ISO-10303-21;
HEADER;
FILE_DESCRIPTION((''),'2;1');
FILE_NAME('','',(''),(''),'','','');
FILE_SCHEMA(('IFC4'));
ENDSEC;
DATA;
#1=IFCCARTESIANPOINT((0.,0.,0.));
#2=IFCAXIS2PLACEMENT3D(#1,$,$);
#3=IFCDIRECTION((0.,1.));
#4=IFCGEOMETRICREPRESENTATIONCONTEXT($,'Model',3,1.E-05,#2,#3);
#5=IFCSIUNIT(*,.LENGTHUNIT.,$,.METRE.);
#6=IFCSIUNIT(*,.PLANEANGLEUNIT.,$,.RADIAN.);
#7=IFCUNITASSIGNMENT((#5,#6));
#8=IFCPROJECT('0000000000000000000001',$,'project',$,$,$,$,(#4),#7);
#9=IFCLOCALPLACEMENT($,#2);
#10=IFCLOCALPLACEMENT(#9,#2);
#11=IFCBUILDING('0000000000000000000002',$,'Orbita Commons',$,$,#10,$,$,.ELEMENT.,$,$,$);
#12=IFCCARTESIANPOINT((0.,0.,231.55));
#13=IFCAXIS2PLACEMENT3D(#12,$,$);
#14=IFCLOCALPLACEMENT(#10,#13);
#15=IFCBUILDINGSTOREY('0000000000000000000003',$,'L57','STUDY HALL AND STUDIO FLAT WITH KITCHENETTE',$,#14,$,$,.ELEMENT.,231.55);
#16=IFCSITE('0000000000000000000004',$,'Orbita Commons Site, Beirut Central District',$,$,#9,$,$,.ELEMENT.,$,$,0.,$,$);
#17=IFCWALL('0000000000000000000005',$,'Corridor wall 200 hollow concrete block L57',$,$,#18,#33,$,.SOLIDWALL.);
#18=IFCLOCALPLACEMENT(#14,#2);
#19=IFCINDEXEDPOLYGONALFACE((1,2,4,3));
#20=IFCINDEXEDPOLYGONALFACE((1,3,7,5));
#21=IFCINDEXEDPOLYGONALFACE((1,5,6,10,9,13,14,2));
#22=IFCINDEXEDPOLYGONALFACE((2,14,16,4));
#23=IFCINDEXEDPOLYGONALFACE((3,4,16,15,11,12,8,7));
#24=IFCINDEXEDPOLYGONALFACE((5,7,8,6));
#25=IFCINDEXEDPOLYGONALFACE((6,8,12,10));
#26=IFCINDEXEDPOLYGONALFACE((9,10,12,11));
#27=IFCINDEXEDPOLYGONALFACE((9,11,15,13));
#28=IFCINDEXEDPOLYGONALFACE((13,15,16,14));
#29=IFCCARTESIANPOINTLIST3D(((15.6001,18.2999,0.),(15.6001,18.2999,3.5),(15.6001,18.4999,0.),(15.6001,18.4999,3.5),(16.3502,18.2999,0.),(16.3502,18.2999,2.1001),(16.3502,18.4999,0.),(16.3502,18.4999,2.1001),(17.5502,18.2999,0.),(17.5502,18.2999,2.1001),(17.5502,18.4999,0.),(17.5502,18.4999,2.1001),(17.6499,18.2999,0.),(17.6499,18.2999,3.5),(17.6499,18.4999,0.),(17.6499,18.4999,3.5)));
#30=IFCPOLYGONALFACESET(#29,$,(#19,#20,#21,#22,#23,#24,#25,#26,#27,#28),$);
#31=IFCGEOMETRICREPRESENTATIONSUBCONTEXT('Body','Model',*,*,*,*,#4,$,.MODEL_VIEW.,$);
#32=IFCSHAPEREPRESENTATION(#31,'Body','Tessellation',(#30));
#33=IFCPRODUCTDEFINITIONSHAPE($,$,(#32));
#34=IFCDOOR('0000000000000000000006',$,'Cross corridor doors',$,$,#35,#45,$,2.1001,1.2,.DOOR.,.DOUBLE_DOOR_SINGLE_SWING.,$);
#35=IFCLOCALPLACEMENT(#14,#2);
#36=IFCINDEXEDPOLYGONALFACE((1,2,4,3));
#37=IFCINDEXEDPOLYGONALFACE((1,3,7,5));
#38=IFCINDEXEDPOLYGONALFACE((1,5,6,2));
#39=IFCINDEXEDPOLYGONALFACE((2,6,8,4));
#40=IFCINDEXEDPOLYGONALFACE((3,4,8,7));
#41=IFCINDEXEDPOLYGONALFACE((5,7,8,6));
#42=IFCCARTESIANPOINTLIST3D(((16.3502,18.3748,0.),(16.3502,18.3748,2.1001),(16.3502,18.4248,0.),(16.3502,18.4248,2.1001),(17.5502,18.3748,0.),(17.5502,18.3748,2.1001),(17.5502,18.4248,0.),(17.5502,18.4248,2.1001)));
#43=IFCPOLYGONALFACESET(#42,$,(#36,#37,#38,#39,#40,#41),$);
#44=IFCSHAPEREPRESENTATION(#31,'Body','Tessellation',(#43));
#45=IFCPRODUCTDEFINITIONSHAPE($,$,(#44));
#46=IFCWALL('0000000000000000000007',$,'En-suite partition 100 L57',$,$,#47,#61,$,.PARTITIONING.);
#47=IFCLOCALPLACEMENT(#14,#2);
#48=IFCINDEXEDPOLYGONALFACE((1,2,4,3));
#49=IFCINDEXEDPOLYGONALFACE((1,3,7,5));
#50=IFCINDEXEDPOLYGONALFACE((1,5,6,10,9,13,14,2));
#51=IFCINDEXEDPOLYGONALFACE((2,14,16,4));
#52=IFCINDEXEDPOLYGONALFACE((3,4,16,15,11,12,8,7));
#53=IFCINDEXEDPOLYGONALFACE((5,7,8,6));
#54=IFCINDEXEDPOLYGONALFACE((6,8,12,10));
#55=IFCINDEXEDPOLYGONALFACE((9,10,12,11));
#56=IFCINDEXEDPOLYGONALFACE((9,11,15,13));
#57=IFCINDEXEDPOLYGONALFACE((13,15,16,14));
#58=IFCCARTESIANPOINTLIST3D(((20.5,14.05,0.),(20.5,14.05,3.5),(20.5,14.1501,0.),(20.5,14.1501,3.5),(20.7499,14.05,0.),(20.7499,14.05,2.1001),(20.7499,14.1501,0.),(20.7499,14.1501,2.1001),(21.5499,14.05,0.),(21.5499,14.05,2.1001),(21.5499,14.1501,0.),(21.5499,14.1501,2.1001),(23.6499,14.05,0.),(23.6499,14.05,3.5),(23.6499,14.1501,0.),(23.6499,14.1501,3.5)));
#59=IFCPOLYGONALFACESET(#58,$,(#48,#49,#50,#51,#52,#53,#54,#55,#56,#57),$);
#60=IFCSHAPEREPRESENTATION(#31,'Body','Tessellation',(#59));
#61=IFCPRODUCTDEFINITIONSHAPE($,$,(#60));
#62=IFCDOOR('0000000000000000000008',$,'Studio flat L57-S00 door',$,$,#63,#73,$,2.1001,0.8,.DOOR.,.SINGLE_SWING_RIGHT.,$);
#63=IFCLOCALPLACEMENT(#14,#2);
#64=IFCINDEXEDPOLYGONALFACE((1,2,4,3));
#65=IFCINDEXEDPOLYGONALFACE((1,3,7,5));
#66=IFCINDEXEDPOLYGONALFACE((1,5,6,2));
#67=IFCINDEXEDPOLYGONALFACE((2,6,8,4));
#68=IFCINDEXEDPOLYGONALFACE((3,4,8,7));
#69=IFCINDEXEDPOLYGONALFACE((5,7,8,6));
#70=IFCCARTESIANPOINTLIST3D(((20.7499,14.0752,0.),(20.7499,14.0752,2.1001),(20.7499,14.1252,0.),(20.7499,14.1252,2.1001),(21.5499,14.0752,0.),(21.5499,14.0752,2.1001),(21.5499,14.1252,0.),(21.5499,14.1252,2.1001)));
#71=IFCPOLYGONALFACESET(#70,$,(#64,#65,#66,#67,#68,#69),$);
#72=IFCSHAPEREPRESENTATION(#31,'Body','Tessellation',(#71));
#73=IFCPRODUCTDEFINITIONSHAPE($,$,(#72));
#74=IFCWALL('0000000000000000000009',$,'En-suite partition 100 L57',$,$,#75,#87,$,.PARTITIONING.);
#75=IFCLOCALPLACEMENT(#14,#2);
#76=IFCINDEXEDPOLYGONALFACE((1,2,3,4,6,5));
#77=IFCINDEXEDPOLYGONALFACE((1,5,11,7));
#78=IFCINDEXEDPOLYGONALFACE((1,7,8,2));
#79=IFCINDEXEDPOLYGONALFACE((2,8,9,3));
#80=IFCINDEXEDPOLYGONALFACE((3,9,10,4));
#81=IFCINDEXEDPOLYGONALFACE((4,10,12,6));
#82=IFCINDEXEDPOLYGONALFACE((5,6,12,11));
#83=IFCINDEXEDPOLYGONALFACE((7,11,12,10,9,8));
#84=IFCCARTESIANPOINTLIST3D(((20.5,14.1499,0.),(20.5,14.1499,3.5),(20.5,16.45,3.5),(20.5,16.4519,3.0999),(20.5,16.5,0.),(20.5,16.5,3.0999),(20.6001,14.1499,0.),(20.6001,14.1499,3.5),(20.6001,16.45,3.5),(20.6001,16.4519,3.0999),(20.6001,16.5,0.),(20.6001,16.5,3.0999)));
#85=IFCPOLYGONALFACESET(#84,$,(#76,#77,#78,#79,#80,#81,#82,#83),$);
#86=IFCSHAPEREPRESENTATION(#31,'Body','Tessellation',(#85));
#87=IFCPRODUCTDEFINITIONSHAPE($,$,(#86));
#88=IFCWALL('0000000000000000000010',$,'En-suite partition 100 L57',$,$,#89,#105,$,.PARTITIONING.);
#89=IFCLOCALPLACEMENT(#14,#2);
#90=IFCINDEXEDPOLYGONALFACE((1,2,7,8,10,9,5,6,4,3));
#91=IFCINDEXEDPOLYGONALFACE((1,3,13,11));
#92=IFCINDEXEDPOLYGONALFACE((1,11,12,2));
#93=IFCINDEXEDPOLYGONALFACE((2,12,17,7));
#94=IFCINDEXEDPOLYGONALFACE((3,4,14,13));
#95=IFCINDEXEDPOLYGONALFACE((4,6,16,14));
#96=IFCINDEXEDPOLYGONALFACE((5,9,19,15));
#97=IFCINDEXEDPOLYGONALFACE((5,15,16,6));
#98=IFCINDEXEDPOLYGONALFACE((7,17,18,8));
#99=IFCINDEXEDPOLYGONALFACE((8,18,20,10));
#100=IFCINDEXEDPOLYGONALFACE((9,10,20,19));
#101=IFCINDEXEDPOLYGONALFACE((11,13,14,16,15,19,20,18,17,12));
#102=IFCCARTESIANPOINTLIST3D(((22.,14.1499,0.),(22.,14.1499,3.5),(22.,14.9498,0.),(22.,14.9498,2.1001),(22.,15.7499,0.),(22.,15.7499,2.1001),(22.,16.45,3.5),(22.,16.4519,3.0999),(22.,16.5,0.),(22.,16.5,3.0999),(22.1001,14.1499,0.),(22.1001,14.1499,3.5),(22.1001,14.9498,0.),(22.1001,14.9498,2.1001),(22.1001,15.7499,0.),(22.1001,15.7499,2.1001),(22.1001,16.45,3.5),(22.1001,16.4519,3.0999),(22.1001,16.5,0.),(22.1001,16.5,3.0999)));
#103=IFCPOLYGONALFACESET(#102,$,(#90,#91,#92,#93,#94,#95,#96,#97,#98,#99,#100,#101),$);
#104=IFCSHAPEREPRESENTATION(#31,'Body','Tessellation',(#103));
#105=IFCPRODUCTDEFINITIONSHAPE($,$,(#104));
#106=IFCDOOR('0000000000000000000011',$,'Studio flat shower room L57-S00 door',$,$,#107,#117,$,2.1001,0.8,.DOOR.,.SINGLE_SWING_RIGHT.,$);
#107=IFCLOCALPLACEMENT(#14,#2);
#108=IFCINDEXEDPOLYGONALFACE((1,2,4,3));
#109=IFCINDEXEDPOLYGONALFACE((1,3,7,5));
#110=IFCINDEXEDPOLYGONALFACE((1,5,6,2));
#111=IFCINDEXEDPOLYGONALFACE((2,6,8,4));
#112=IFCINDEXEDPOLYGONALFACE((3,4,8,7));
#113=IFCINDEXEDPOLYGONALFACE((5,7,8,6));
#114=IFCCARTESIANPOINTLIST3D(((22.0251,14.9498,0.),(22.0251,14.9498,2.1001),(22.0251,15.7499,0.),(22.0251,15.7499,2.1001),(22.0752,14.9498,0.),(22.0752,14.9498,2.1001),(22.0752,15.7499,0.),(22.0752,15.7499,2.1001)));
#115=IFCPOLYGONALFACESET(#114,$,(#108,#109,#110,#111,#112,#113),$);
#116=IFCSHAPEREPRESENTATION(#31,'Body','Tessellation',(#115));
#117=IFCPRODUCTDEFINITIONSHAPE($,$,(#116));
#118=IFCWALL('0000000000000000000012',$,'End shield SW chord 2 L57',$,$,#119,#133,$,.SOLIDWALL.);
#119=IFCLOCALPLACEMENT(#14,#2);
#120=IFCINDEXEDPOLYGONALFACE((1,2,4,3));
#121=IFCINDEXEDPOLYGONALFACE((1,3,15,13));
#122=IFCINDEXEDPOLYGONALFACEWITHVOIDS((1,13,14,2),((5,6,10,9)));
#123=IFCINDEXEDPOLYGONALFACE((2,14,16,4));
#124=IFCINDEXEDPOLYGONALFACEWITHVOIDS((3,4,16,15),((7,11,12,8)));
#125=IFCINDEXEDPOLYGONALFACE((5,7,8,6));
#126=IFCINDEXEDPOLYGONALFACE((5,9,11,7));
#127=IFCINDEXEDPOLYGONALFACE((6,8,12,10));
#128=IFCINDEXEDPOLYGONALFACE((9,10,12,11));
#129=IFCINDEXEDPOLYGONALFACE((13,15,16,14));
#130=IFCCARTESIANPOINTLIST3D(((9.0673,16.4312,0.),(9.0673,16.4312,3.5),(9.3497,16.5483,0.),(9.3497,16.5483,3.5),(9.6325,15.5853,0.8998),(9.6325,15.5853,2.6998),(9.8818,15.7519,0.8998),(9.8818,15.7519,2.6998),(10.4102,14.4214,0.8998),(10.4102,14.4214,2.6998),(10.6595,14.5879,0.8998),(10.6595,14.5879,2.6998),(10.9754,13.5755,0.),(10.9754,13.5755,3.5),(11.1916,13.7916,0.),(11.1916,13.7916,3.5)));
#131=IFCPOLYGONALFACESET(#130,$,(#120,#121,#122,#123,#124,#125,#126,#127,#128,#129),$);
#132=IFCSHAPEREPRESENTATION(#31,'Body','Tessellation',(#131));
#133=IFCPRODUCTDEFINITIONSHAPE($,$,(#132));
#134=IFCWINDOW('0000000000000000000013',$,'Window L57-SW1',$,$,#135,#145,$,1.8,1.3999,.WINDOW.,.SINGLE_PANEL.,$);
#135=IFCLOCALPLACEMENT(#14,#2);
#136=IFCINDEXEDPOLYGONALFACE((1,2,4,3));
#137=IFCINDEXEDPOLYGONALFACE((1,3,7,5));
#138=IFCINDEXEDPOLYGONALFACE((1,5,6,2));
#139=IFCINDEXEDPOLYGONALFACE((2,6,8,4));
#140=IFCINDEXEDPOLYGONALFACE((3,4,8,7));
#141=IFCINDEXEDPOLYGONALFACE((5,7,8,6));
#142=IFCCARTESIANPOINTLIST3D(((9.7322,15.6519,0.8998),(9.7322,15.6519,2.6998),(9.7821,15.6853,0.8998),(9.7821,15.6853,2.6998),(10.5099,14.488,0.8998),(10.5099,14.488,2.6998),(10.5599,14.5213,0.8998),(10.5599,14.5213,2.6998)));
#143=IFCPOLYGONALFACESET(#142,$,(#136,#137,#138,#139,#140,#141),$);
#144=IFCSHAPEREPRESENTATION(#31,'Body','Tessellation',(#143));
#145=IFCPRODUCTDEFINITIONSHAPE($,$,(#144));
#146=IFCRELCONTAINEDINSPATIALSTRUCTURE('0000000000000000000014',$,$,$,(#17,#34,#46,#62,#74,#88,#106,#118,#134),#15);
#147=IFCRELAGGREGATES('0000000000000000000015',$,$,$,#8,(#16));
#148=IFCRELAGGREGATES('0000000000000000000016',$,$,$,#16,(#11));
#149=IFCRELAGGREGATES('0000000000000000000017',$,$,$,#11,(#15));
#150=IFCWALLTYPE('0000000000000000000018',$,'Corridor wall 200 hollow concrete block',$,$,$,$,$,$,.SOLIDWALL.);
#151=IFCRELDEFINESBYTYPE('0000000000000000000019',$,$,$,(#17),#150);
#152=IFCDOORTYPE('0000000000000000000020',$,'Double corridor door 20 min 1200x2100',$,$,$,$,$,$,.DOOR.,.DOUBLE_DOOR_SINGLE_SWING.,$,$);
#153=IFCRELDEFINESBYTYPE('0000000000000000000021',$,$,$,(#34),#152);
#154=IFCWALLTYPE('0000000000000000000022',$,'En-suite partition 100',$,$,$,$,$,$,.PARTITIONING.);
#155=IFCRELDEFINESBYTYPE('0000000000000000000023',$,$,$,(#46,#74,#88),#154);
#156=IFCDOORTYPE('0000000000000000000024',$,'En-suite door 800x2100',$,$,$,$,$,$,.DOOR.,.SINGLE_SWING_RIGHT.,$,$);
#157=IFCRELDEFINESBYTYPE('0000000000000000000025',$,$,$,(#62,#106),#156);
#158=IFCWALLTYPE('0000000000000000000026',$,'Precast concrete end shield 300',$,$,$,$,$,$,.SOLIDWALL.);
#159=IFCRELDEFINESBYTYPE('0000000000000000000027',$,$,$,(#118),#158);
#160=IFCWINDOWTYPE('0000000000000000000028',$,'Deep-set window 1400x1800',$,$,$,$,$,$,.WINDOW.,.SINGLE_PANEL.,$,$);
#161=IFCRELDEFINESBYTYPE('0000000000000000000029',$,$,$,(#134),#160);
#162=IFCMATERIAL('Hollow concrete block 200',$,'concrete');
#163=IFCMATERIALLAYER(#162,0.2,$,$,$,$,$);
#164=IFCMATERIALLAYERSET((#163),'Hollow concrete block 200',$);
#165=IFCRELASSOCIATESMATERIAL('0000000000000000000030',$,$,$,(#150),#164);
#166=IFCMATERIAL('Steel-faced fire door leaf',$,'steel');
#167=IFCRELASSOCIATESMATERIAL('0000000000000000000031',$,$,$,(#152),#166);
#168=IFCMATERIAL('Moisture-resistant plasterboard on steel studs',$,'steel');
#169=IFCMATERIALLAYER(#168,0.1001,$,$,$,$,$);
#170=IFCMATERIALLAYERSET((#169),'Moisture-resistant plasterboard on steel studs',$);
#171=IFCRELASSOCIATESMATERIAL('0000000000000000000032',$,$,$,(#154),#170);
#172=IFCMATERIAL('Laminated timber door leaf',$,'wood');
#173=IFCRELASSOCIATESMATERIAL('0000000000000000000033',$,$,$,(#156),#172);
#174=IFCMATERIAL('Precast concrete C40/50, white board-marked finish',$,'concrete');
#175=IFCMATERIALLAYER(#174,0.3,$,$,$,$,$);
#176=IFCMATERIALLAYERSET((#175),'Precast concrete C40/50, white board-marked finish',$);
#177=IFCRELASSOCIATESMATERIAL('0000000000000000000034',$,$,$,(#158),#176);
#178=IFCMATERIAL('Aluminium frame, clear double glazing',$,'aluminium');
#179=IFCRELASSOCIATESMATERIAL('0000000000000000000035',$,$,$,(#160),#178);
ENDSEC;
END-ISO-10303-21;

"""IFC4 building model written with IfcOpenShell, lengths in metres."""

from ifc_helpers import new_model, si_unit, direction, frame, frame_2d, origin, place, context, subcontext, project, spatial, polyline, rectangle, outline, extrude, material, layer, layer_set, type_object, element, fill, save


model = new_model("IFC4")

# Units and contexts
model_context = context("Model", 3, precision=1e-05, world=origin(), true_north=direction((0.0, 1.0)))
body_context = subcontext(model_context, "Body", "Model", "MODEL_VIEW")
ifc_project = project(units=[si_unit("LENGTHUNIT", "METRE"), si_unit("PLANEANGLEUNIT", "RADIAN")], contexts=[model_context])

# Site, building, storey
site_placement = place(None, origin())
site = spatial("IfcSite", under=ifc_project, at=site_placement, Name="Orbita Commons Site, Beirut Central District", CompositionType="ELEMENT", RefElevation=0.0)
building_placement = place(site_placement, origin())
building = spatial("IfcBuilding", under=site, at=building_placement, Name="Orbita Commons", CompositionType="ELEMENT")
storey_placement = place(building_placement, frame((0.0, 0.0, 231.55)))
storey = spatial("IfcBuildingStorey", under=building, at=storey_placement, Name="L57", Description="STUDY HALL AND STUDIO FLAT WITH KITCHENETTE", CompositionType="ELEMENT", Elevation=231.55)

# Walls, openings, doors
ifc_material_1 = material(Name="Hollow concrete block 200", Category="concrete")
ifc_layer_1 = layer(ifc_material_1, 0.2)
ifc_layer_set_1 = layer_set([ifc_layer_1], Name="Hollow concrete block 200")
wall_type_1 = type_object("IfcWallType", Name="Corridor wall 200 hollow concrete block", PredefinedType="SOLIDWALL", material=ifc_layer_set_1)
wall_1_placement = place(storey_placement, frame((15.6001, 18.3999, 0.0), z_axis=(0.0, 0.0, 1.0), x_axis=(1.0, 0.0, 0.0)))
wall_1 = element("IfcWall", 1, at=wall_1_placement, inside=storey, type_object=wall_type_1, Name="Corridor wall 200 hollow concrete block L57", PredefinedType="SOLIDWALL", context=body_context, shape_type="SweptSolid", body=[
    extrude(rectangle(XDim=2.0498, YDim=0.2, at=frame_2d((1.0249, 0.0))), origin(), (0.0, 0.0, 1.0), 3.5),
])
opening_1_placement = place(wall_1_placement, frame((0.75, 0.0, 0.0)))
opening_1 = element("IfcOpeningElement", 2, at=opening_1_placement, cuts=wall_1, PredefinedType="OPENING", context=body_context, shape_type="SweptSolid", body=[
    extrude(rectangle(XDim=1.2, YDim=2.1001, at=frame_2d((0.6001, 1.05))), frame((0.0, 0.1099, 0.0), z_axis=(0.0, -1.0, 0.0), x_axis=(1.0, 0.0, 0.0)), (0.0, 0.0, 1.0), 0.22),
])
ifc_material_2 = material(Name="Steel-faced fire door leaf", Category="steel")
door_type_1 = type_object("IfcDoorType", Name="Double corridor door 20 min 1200x2100", OperationType="DOUBLE_DOOR_SINGLE_SWING", PredefinedType="DOOR", material=ifc_material_2)
door_1_placement = place(opening_1_placement, origin())
door_1 = element("IfcDoor", 3, at=door_1_placement, inside=storey, type_object=door_type_1, Name="Cross corridor doors", OperationType="DOUBLE_DOOR_SINGLE_SWING", OverallHeight=2.1001, OverallWidth=1.2, PredefinedType="DOOR", context=body_context, shape_type="SweptSolid", body=[
    extrude(rectangle(XDim=1.2, YDim=2.1001, at=frame_2d((0.6001, 1.05))), frame((0.0, 0.0249, 0.0), z_axis=(0.0, -1.0, 0.0), x_axis=(1.0, 0.0, 0.0)), (0.0, 0.0, 1.0), 0.05),
])
fill(opening_1, door_1)
ifc_material_3 = material(Name="Moisture-resistant plasterboard on steel studs", Category="steel")
ifc_layer_2 = layer(ifc_material_3, 0.1001)
ifc_layer_set_2 = layer_set([ifc_layer_2], Name="Moisture-resistant plasterboard on steel studs")
wall_type_2 = type_object("IfcWallType", Name="En-suite partition 100", PredefinedType="PARTITIONING", material=ifc_layer_set_2)
wall_2_placement = place(storey_placement, frame((23.6499, 14.1001, 0.0), z_axis=(0.0, 0.0, 1.0), x_axis=(-1.0, 0.0, 0.0)))
wall_2 = element("IfcWall", 4, at=wall_2_placement, inside=storey, type_object=wall_type_2, Name="En-suite partition 100 L57", PredefinedType="PARTITIONING", context=body_context, shape_type="SweptSolid", body=[
    extrude(rectangle(XDim=3.1499, YDim=0.1001, at=frame_2d((1.575, 0.0))), origin(), (0.0, 0.0, 1.0), 3.5),
])
opening_2_placement = place(wall_2_placement, frame((2.1001, 0.0, 0.0)))
opening_2 = element("IfcOpeningElement", 5, at=opening_2_placement, cuts=wall_2, PredefinedType="OPENING", context=body_context, shape_type="SweptSolid", body=[
    extrude(rectangle(XDim=0.8, YDim=2.1001, at=frame_2d((0.3999, 1.05))), frame((0.0, 0.0601, 0.0), z_axis=(0.0, -1.0, 0.0), x_axis=(1.0, 0.0, 0.0)), (0.0, 0.0, 1.0), 0.1201),
])
ifc_material_4 = material(Name="Laminated timber door leaf", Category="wood")
door_type_2 = type_object("IfcDoorType", Name="En-suite door 800x2100", OperationType="SINGLE_SWING_RIGHT", PredefinedType="DOOR", material=ifc_material_4)
door_2_placement = place(opening_2_placement, origin())
door_2 = element("IfcDoor", 6, at=door_2_placement, inside=storey, type_object=door_type_2, Name="Studio flat L57-S00 door", OperationType="SINGLE_SWING_RIGHT", OverallHeight=2.1001, OverallWidth=0.8, PredefinedType="DOOR", context=body_context, shape_type="SweptSolid", body=[
    extrude(rectangle(XDim=0.8, YDim=2.1001, at=frame_2d((0.3999, 1.05))), frame((0.0, 0.0249, 0.0), z_axis=(0.0, -1.0, 0.0), x_axis=(1.0, 0.0, 0.0)), (0.0, 0.0, 1.0), 0.05),
])
fill(opening_2, door_2)

# Wall
wall_3_placement = place(storey_placement, frame((20.55, 14.1499, 0.0), z_axis=(0.0, 0.0, 1.0), x_axis=(0.0, 1.0, 0.0)))
element("IfcWall", 7, at=wall_3_placement, inside=storey, type_object=wall_type_2, Name="En-suite partition 100 L57", PredefinedType="PARTITIONING", context=body_context, shape_type="SweptSolid", body=[
    extrude(outline(polyline([(0.0, 0.0), (2.3501, 0.0), (2.3501, 3.0999), (2.302, 3.0999), (2.3, 3.5), (0.0, 3.5), (0.0, 0.0)])), frame((0.0, 0.05, 0.0), z_axis=(0.0, -1.0, 0.0), x_axis=(1.0, 0.0, 0.0)), (0.0, 0.0, 1.0), 0.1001),
])

# Wall, opening, door
wall_4_placement = place(storey_placement, frame((22.05, 14.1499, 0.0), z_axis=(0.0, 0.0, 1.0), x_axis=(0.0, 1.0, 0.0)))
wall_4 = element("IfcWall", 8, at=wall_4_placement, inside=storey, type_object=wall_type_2, Name="En-suite partition 100 L57", PredefinedType="PARTITIONING", context=body_context, shape_type="SweptSolid", body=[
    extrude(outline(polyline([(0.0, 0.0), (2.3501, 0.0), (2.3501, 3.0999), (2.302, 3.0999), (2.3, 3.5), (0.0, 3.5), (0.0, 0.0)])), frame((0.0, 0.05, 0.0), z_axis=(0.0, -1.0, 0.0), x_axis=(1.0, 0.0, 0.0)), (0.0, 0.0, 1.0), 0.1001),
])
opening_3_placement = place(wall_4_placement, frame((0.8, 0.0, 0.0)))
opening_3 = element("IfcOpeningElement", 9, at=opening_3_placement, cuts=wall_4, PredefinedType="OPENING", context=body_context, shape_type="SweptSolid", body=[
    extrude(rectangle(XDim=0.8, YDim=2.1001, at=frame_2d((0.3999, 1.05))), frame((0.0, 0.0601, 0.0), z_axis=(0.0, -1.0, 0.0), x_axis=(1.0, 0.0, 0.0)), (0.0, 0.0, 1.0), 0.1201),
])
door_3_placement = place(opening_3_placement, origin())
door_3 = element("IfcDoor", 10, at=door_3_placement, inside=storey, type_object=door_type_2, Name="Studio flat shower room L57-S00 door", OperationType="SINGLE_SWING_RIGHT", OverallHeight=2.1001, OverallWidth=0.8, PredefinedType="DOOR", context=body_context, shape_type="SweptSolid", body=[
    extrude(rectangle(XDim=0.8, YDim=2.1001, at=frame_2d((0.3999, 1.05))), frame((0.0, 0.0249, 0.0), z_axis=(0.0, -1.0, 0.0), x_axis=(1.0, 0.0, 0.0)), (0.0, 0.0, 1.0), 0.05),
])
fill(opening_3, door_3)

# Wall, opening, window
ifc_material_5 = material(Name="Precast concrete C40/50, white board-marked finish", Category="concrete")
ifc_layer_3 = layer(ifc_material_5, 0.3)
ifc_layer_set_3 = layer_set([ifc_layer_3], Name="Precast concrete C40/50, white board-marked finish")
wall_type_3 = type_object("IfcWallType", Name="Precast concrete end shield 300", PredefinedType="SOLIDWALL", material=ifc_layer_set_3)
wall_5_placement = place(storey_placement, frame((9.2085, 16.4897, 0.0), z_axis=(0.0, 0.0, 1.0), x_axis=(0.555568, -0.831471, 0.0)))
wall_5 = element("IfcWall", 11, at=wall_5_placement, inside=storey, type_object=wall_type_3, Name="End shield SW chord 2 L57", PredefinedType="SOLIDWALL", context=body_context, shape_type="SweptSolid", body=[
    extrude(outline(polyline([(-0.0298, -0.1499), (3.4048, -0.1499), (3.3452, 0.1499), (0.0298, 0.1499), (-0.0298, -0.1499)])), origin(), (0.0, 0.0, 1.0), 3.5),
])
opening_4_placement = place(wall_5_placement, frame((0.9875, 0.0, 0.8999)))
opening_4 = element("IfcOpeningElement", 12, at=opening_4_placement, cuts=wall_5, PredefinedType="OPENING", context=body_context, shape_type="SweptSolid", body=[
    extrude(rectangle(XDim=1.3999, YDim=1.8, at=frame_2d((0.7, 0.8999))), frame((0.0, 0.1599, 0.0), z_axis=(0.0, -1.0, 0.0), x_axis=(1.0, 0.0, 0.0)), (0.0, 0.0, 1.0), 0.3201),
])
ifc_material_6 = material(Name="Aluminium frame, clear double glazing", Category="aluminium")
window_type = type_object("IfcWindowType", Name="Deep-set window 1400x1800", PartitioningType="SINGLE_PANEL", PredefinedType="WINDOW", material=ifc_material_6)
window_1_placement = place(opening_4_placement, origin())
window_1 = element("IfcWindow", 13, at=window_1_placement, inside=storey, type_object=window_type, Name="Window L57-SW1", OverallHeight=1.8, OverallWidth=1.3999, PartitioningType="SINGLE_PANEL", PredefinedType="WINDOW", context=body_context, shape_type="SweptSolid", body=[
    extrude(rectangle(XDim=1.3999, YDim=1.8, at=frame_2d((0.7, 0.8999))), frame((0.0, 0.03, 0.0), z_axis=(0.0, -1.0, 0.0), x_axis=(1.0, 0.0, 0.0)), (0.0, 0.0, 1.0), 0.0601),
])
fill(opening_4, window_1)

save(model, "model.ifc")
